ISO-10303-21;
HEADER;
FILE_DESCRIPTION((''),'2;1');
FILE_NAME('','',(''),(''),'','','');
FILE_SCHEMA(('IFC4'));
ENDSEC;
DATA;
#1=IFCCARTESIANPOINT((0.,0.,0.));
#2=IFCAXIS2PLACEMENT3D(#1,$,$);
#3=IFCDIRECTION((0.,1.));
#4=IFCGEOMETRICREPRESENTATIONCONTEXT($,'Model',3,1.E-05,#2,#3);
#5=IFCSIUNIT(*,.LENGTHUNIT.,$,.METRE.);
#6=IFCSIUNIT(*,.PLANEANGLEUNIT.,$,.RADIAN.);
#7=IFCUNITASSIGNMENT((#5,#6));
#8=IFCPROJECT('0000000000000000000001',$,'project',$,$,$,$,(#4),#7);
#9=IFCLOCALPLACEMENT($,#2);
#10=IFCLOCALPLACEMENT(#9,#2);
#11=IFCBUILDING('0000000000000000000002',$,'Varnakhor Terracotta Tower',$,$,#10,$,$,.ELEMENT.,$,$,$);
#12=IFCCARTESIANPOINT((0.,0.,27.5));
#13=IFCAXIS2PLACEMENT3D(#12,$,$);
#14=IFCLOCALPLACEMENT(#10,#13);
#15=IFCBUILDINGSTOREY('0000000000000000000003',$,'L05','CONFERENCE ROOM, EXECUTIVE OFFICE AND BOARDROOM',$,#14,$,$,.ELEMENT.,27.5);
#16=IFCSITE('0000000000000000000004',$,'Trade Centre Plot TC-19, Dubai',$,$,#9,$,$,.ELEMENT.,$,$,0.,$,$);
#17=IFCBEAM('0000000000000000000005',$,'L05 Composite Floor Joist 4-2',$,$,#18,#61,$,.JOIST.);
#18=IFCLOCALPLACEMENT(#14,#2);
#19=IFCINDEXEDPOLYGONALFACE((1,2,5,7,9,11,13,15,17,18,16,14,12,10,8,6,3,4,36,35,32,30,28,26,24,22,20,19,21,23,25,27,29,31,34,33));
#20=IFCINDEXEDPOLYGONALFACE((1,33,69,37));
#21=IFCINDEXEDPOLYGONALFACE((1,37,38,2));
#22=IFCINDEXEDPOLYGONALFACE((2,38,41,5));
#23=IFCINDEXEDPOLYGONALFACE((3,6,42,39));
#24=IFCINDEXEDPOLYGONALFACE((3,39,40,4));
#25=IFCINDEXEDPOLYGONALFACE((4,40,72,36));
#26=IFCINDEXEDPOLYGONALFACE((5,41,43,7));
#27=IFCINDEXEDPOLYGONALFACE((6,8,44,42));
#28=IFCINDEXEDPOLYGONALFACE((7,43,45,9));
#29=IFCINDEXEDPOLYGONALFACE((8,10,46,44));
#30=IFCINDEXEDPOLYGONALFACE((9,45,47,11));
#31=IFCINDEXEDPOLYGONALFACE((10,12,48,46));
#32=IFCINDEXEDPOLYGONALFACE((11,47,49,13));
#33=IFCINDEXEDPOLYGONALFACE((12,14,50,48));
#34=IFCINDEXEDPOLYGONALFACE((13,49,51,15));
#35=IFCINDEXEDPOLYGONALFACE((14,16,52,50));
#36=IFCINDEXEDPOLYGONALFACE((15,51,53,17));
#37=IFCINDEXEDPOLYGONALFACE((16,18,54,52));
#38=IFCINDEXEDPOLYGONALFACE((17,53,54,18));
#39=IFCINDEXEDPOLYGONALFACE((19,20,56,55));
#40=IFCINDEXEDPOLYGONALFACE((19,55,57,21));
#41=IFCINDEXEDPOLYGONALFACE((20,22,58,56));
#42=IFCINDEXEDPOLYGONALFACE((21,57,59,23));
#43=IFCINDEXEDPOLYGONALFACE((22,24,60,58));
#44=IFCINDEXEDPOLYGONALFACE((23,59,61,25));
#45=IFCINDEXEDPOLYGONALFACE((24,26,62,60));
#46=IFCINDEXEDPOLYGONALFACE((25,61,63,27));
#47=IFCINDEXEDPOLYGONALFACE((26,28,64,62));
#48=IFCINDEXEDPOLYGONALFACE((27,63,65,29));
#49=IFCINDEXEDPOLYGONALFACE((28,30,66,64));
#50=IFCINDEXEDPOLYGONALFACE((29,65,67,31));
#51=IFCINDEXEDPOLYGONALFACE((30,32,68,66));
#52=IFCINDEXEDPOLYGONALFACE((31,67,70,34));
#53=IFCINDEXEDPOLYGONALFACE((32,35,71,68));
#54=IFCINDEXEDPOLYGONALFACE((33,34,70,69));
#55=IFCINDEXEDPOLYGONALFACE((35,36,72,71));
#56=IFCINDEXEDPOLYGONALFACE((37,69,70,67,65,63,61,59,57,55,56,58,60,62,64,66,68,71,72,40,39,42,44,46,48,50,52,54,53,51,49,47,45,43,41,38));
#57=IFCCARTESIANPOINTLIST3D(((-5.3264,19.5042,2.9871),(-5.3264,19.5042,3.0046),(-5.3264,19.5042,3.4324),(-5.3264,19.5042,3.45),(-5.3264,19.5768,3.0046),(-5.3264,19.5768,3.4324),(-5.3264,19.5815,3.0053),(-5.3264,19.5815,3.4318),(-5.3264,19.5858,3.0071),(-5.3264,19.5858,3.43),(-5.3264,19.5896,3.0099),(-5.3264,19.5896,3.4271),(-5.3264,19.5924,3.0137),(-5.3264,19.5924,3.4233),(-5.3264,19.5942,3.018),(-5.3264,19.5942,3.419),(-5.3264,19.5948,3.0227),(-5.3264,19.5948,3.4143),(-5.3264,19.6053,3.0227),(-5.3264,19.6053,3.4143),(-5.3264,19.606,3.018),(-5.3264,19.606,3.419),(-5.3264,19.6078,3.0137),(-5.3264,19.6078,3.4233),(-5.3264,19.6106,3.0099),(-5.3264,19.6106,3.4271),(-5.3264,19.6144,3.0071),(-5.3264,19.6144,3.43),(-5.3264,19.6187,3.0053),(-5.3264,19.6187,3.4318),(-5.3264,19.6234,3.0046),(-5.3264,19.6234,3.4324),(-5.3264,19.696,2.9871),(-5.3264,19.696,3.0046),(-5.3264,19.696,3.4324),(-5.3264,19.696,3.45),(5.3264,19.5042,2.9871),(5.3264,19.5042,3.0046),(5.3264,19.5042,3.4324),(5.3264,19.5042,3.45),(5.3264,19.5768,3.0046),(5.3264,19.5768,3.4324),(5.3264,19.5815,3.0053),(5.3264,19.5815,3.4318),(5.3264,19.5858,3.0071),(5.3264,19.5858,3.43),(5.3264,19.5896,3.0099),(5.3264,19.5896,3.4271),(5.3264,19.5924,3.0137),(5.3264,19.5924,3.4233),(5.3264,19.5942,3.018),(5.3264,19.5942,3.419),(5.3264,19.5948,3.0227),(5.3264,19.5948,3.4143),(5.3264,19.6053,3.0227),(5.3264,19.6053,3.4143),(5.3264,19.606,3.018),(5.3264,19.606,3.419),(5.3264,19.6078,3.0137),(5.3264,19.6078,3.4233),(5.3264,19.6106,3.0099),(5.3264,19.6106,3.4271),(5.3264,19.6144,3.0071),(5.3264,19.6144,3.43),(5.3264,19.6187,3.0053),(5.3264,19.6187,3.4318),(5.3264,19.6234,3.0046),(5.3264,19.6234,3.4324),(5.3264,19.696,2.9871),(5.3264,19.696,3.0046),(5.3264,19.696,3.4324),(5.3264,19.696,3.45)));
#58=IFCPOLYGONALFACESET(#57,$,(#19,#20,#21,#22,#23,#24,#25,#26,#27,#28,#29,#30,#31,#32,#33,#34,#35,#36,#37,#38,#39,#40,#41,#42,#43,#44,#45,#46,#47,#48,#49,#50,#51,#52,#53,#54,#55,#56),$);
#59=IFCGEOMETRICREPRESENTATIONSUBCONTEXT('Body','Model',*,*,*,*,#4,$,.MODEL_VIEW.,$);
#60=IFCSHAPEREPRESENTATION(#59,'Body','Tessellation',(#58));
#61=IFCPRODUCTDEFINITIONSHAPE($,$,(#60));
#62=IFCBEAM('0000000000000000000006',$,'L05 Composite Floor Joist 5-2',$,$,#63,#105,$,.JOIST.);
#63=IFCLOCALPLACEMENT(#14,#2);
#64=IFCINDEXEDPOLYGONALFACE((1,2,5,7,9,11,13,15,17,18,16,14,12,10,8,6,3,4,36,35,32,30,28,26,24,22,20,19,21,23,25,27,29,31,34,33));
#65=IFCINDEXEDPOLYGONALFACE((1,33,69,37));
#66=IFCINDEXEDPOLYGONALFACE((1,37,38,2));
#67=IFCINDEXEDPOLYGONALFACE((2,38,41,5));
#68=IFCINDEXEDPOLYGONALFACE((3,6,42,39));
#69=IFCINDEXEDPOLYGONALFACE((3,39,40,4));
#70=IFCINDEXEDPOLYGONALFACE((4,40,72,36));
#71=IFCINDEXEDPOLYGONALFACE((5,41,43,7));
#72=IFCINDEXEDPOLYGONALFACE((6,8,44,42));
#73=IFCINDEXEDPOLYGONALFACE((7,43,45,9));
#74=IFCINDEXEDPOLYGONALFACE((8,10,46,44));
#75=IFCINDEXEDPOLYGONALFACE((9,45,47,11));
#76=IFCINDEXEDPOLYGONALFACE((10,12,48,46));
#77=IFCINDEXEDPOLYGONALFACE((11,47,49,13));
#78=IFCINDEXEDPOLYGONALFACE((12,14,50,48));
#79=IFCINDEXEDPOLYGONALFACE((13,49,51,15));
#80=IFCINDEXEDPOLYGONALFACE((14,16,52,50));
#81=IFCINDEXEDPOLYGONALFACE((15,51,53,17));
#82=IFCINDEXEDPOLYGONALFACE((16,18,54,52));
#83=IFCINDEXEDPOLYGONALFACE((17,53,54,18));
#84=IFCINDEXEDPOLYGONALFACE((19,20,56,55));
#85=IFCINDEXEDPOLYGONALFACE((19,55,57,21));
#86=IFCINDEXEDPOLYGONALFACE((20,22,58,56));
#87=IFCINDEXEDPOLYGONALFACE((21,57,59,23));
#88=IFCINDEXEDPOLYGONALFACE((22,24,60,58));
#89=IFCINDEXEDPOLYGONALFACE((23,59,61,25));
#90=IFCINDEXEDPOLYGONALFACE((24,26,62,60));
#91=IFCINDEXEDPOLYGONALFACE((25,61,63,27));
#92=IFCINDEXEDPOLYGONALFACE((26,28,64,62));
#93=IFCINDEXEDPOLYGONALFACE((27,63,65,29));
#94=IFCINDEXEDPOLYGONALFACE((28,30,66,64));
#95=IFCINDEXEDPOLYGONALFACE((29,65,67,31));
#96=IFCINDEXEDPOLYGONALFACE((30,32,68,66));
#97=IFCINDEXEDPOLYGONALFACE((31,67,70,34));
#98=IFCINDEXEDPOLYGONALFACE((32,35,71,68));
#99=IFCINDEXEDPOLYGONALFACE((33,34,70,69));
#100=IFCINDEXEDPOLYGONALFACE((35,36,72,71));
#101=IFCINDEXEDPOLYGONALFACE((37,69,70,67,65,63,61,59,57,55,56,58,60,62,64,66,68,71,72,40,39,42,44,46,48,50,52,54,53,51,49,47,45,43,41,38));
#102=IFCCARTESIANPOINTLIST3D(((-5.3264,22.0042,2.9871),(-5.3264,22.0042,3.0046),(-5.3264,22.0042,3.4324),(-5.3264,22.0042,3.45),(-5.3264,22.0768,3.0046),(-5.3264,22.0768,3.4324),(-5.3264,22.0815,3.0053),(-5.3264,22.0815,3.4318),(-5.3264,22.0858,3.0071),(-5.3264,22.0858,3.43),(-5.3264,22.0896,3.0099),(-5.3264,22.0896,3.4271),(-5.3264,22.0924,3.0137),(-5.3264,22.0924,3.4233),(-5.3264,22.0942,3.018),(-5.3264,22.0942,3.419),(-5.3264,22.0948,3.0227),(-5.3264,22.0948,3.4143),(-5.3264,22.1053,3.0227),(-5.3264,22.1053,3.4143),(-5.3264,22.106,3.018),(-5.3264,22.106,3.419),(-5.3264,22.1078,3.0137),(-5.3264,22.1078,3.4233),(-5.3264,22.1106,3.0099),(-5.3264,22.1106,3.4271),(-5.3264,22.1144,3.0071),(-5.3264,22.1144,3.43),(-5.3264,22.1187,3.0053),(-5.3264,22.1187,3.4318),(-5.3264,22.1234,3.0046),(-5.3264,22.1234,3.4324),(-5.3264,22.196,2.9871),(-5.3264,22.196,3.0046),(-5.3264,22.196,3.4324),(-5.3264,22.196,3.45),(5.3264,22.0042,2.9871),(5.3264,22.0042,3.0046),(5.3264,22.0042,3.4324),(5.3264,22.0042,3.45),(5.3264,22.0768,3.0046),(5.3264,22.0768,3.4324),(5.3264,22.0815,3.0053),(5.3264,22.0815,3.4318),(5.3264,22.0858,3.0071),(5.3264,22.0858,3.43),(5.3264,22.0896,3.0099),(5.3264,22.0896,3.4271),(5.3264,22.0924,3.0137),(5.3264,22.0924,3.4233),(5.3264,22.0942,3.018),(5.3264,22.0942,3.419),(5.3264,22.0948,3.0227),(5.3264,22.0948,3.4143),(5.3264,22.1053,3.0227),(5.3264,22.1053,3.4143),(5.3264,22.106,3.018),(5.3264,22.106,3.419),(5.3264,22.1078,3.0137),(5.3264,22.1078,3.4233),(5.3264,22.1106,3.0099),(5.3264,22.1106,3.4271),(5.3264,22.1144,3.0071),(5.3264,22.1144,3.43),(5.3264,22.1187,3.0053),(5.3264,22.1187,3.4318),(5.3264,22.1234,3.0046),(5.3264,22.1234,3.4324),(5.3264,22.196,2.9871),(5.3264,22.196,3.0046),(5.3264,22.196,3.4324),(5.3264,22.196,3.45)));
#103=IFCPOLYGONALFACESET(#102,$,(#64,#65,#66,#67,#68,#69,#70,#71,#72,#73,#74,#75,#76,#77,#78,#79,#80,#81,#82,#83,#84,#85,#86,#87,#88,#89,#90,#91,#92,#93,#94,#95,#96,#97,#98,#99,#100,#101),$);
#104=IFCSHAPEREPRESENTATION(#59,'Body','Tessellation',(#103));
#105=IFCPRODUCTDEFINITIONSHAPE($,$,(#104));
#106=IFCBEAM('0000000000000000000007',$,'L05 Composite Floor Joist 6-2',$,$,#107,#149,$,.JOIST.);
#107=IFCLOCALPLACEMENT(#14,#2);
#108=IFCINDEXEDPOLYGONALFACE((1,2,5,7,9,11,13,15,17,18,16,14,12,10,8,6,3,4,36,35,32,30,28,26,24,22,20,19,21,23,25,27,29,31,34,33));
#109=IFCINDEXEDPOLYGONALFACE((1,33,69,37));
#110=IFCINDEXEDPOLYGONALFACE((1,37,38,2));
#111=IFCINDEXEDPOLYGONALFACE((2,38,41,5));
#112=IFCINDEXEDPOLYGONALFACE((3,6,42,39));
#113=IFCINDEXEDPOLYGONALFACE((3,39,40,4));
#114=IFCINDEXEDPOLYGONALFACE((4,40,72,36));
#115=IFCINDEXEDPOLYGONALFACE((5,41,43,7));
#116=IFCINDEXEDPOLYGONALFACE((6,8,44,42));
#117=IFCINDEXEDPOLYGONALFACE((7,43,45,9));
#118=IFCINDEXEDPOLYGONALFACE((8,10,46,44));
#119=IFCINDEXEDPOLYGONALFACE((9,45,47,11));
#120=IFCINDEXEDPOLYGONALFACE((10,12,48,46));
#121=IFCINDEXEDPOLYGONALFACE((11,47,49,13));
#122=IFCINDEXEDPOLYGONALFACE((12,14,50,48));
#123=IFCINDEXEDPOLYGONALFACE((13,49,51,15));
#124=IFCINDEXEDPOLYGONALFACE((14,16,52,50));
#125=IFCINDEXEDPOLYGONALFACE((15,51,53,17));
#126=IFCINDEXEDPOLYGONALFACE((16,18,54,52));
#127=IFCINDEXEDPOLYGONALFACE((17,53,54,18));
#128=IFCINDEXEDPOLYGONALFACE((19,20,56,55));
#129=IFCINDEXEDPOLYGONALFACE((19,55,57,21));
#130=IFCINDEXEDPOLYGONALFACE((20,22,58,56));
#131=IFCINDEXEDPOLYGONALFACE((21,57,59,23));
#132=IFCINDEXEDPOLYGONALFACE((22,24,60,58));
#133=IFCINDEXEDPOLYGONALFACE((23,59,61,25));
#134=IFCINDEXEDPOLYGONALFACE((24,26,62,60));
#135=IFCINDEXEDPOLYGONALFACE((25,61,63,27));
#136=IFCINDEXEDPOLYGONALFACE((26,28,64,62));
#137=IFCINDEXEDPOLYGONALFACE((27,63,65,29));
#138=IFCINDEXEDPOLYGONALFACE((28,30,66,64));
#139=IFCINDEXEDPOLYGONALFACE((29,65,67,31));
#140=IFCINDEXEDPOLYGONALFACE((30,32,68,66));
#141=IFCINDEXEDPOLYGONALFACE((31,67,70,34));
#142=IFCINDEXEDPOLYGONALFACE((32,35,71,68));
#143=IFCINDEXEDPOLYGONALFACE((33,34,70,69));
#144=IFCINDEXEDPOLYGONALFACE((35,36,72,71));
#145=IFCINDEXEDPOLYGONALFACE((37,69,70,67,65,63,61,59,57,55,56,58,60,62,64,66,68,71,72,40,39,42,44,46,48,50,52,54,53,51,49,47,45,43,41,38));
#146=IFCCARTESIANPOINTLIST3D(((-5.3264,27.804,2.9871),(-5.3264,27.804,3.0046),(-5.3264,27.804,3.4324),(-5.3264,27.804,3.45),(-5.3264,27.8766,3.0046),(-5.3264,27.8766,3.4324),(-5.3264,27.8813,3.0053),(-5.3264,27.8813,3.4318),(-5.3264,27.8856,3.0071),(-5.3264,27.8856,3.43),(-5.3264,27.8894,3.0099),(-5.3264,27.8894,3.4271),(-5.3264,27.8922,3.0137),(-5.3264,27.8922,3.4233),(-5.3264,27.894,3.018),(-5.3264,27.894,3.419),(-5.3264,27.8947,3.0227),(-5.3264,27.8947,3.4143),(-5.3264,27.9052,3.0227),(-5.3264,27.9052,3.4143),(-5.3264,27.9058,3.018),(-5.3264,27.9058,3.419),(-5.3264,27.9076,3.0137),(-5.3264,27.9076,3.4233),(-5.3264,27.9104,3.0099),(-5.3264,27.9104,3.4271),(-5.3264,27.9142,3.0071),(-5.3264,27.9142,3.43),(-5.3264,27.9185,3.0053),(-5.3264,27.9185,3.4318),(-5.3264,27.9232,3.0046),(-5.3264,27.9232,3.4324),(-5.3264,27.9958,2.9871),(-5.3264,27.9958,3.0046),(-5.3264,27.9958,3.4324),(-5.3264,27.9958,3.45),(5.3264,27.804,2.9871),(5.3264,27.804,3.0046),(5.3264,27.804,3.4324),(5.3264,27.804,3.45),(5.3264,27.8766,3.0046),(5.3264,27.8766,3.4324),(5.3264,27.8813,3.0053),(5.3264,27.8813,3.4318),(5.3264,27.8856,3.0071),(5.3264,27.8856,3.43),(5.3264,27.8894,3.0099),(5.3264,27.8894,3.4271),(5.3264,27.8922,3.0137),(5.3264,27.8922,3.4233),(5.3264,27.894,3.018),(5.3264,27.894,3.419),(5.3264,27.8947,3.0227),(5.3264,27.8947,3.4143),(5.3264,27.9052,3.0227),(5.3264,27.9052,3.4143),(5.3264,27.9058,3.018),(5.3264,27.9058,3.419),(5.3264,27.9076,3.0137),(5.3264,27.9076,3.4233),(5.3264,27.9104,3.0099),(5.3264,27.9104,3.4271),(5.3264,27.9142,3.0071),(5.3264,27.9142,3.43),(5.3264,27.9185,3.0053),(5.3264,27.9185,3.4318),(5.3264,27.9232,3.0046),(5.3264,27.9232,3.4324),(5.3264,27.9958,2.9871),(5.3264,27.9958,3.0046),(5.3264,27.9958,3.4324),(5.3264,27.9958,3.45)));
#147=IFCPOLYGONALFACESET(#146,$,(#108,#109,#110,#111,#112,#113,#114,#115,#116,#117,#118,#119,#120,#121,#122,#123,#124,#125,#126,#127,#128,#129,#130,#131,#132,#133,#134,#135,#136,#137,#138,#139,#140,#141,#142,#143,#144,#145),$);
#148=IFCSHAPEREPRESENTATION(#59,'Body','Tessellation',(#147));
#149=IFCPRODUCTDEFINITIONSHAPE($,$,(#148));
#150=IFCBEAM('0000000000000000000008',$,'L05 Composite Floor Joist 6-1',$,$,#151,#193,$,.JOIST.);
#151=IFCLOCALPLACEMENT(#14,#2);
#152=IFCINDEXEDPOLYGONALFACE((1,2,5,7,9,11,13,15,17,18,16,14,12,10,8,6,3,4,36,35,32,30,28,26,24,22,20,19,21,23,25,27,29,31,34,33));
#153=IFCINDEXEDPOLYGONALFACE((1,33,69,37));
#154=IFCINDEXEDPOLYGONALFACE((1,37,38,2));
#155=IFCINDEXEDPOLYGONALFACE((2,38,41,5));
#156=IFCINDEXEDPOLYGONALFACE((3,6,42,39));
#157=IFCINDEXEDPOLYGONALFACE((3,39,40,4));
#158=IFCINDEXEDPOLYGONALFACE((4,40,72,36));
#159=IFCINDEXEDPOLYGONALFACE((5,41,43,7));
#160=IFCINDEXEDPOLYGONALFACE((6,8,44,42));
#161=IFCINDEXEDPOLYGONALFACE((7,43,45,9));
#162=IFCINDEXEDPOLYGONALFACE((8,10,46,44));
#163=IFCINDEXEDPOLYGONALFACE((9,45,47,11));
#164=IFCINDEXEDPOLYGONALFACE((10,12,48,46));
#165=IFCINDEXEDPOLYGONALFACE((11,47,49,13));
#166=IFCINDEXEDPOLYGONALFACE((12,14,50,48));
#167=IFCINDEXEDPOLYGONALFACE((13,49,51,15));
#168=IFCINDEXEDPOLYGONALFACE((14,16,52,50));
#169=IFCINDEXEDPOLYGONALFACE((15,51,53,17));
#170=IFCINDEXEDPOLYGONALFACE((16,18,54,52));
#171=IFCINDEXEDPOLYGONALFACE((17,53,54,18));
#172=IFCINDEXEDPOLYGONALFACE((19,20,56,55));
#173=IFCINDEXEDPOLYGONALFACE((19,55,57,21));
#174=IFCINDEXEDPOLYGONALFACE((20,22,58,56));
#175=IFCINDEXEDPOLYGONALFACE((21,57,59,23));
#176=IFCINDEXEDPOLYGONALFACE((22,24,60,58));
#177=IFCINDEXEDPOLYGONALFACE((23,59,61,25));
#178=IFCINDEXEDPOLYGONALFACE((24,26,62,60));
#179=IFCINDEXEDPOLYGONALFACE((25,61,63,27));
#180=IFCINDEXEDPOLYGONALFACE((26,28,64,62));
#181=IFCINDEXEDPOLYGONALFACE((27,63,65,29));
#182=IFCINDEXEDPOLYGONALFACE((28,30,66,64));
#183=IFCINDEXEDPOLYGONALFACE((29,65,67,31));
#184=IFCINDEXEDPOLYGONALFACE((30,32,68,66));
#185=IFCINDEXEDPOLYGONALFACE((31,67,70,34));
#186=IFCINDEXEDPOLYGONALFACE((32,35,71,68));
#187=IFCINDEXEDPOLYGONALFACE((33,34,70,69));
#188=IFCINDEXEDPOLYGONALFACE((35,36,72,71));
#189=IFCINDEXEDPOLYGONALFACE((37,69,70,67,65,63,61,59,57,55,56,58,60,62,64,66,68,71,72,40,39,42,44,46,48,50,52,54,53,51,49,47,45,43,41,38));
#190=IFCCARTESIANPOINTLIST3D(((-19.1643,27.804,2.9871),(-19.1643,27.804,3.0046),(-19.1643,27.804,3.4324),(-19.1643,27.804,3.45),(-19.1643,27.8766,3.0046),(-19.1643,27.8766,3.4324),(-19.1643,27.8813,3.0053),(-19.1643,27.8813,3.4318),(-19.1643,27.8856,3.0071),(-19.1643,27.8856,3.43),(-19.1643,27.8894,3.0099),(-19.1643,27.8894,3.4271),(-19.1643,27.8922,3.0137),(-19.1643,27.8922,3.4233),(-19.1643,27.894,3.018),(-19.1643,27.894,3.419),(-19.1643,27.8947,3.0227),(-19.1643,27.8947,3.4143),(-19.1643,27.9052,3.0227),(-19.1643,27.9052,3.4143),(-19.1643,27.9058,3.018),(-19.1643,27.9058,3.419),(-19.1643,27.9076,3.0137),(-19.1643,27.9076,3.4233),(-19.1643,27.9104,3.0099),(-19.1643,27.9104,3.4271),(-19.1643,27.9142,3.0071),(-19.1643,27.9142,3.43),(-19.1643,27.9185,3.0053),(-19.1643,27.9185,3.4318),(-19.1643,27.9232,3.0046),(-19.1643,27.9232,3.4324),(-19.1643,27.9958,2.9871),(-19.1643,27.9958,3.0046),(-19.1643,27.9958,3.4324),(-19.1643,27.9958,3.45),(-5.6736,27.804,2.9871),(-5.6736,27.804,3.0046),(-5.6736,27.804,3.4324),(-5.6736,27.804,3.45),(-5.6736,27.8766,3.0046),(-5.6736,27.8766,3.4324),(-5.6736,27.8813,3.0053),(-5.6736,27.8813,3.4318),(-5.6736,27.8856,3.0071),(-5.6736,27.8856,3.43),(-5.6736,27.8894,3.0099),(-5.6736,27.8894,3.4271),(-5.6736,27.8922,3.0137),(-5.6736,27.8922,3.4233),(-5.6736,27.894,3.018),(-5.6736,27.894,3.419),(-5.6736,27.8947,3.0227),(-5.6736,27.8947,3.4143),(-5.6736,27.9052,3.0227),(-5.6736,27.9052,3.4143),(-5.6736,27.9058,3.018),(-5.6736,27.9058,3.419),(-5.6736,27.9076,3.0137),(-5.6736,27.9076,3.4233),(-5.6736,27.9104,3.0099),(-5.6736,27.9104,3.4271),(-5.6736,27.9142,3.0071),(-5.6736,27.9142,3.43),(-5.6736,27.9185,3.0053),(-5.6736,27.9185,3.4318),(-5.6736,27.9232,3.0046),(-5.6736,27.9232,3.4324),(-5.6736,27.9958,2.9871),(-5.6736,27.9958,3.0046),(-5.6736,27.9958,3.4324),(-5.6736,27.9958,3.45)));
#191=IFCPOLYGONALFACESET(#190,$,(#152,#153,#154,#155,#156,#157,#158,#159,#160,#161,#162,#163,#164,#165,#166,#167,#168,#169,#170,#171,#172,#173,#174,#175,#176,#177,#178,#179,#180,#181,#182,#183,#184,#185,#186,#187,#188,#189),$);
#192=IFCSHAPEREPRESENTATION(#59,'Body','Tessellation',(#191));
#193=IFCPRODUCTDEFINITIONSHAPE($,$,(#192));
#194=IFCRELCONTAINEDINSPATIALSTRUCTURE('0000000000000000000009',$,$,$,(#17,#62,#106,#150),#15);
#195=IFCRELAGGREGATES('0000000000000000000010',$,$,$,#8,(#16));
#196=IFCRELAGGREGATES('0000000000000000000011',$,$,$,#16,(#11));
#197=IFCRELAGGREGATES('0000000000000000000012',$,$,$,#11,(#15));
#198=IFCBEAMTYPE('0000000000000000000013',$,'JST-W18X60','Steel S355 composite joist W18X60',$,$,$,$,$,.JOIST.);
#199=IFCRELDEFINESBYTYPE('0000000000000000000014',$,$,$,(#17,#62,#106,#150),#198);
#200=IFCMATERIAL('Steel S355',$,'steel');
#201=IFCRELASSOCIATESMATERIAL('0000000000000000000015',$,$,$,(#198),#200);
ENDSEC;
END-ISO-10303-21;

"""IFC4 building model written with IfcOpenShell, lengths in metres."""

from ifc_helpers import new_model, si_unit, direction, frame, origin, origin_2d, place, context, subcontext, project, spatial, i_section, extrude, source, transform, mapped, material, material_profile, profile_set, type_object, element, save


model = new_model("IFC4")

# Units and contexts
model_context = context("Model", 3, precision=1e-05, world=origin(), true_north=direction((0.0, 1.0)))
body_context = subcontext(model_context, "Body", "Model", "MODEL_VIEW")
ifc_project = project(units=[si_unit("LENGTHUNIT", "METRE"), si_unit("PLANEANGLEUNIT", "RADIAN")], contexts=[model_context])

# Site, building, storey
site_placement = place(None, origin())
site = spatial("IfcSite", under=ifc_project, at=site_placement, Name="Trade Centre Plot TC-19, Dubai", CompositionType="ELEMENT", RefElevation=0.0)
building_placement = place(site_placement, origin())
building = spatial("IfcBuilding", under=site, at=building_placement, Name="Varnakhor Terracotta Tower", CompositionType="ELEMENT")
storey_placement = place(building_placement, frame((0.0, 0.0, 27.5)))
storey = spatial("IfcBuildingStorey", under=building, at=storey_placement, Name="L05", Description="CONFERENCE ROOM, EXECUTIVE OFFICE AND BOARDROOM", CompositionType="ELEMENT", Elevation=27.5)

# Beams
ifc_material_1 = material(Name="Steel S355", Category="steel")
ifc_material_profile_1 = material_profile(ifc_material_1, i_section(OverallWidth=0.1919, OverallDepth=0.4629, WebThickness=0.0105, FlangeThickness=0.0176, FilletRadius=0.0181, at=origin_2d()), Name="W18X60")
ifc_profile_set_1 = profile_set([ifc_material_profile_1], Name="Steel S355")
beam_type_1 = type_object("IfcBeamType", Name="JST-W18X60", Description="Steel S355 composite joist W18X60", PredefinedType="JOIST", material=ifc_profile_set_1)
shared_shape_1 = source(origin(), body_context, "Body", "SweptSolid", [
    extrude(i_section(OverallWidth=0.1919, OverallDepth=0.4629, WebThickness=0.0105, FlangeThickness=0.0176, FilletRadius=0.0181, at=origin_2d()), origin(), (0.0, 0.0, 1.0), 10.6528),
])
for number, where, z_axis, x_axis, name in (
    (1, (-5.3264, 19.6001, 3.2185), (1.0, 0.0, 0.0), (0.0, 1.0, 0.0), "L05 Composite Floor Joist 4-2"),
    (2, (-5.3264, 22.1001, 3.2185), (1.0, 0.0, 0.0), (0.0, 1.0, 0.0), "L05 Composite Floor Joist 5-2"),
    (3, (-5.3264, 27.8999, 3.2185), (1.0, 0.0, 0.0), (0.0, 1.0, 0.0), "L05 Composite Floor Joist 6-2"),
):
    element("IfcBeam", number, at=place(storey_placement, frame(where, z_axis=z_axis, x_axis=x_axis)), inside=storey, type_object=beam_type_1, Name=name, PredefinedType="JOIST", context=body_context, shape_type="MappedRepresentation", body=[
        mapped(shared_shape_1, transform((0.0, 0.0, 0.0), scale=1.0)),
    ])
shared_shape_2 = source(origin(), body_context, "Body", "SweptSolid", [
    extrude(i_section(OverallWidth=0.1919, OverallDepth=0.4629, WebThickness=0.0105, FlangeThickness=0.0176, FilletRadius=0.0181, at=origin_2d()), origin(), (0.0, 0.0, 1.0), 13.4907),
])
beam_1_placement = place(storey_placement, frame((-19.1643, 27.8999, 3.2185), z_axis=(1.0, 0.0, 0.0), x_axis=(0.0, 1.0, 0.0)))
element("IfcBeam", 4, at=beam_1_placement, inside=storey, type_object=beam_type_1, Name="L05 Composite Floor Joist 6-1", PredefinedType="JOIST", context=body_context, shape_type="MappedRepresentation", body=[
    mapped(shared_shape_2, transform((0.0, 0.0, 0.0), scale=1.0)),
])

save(model, "model.ifc")
